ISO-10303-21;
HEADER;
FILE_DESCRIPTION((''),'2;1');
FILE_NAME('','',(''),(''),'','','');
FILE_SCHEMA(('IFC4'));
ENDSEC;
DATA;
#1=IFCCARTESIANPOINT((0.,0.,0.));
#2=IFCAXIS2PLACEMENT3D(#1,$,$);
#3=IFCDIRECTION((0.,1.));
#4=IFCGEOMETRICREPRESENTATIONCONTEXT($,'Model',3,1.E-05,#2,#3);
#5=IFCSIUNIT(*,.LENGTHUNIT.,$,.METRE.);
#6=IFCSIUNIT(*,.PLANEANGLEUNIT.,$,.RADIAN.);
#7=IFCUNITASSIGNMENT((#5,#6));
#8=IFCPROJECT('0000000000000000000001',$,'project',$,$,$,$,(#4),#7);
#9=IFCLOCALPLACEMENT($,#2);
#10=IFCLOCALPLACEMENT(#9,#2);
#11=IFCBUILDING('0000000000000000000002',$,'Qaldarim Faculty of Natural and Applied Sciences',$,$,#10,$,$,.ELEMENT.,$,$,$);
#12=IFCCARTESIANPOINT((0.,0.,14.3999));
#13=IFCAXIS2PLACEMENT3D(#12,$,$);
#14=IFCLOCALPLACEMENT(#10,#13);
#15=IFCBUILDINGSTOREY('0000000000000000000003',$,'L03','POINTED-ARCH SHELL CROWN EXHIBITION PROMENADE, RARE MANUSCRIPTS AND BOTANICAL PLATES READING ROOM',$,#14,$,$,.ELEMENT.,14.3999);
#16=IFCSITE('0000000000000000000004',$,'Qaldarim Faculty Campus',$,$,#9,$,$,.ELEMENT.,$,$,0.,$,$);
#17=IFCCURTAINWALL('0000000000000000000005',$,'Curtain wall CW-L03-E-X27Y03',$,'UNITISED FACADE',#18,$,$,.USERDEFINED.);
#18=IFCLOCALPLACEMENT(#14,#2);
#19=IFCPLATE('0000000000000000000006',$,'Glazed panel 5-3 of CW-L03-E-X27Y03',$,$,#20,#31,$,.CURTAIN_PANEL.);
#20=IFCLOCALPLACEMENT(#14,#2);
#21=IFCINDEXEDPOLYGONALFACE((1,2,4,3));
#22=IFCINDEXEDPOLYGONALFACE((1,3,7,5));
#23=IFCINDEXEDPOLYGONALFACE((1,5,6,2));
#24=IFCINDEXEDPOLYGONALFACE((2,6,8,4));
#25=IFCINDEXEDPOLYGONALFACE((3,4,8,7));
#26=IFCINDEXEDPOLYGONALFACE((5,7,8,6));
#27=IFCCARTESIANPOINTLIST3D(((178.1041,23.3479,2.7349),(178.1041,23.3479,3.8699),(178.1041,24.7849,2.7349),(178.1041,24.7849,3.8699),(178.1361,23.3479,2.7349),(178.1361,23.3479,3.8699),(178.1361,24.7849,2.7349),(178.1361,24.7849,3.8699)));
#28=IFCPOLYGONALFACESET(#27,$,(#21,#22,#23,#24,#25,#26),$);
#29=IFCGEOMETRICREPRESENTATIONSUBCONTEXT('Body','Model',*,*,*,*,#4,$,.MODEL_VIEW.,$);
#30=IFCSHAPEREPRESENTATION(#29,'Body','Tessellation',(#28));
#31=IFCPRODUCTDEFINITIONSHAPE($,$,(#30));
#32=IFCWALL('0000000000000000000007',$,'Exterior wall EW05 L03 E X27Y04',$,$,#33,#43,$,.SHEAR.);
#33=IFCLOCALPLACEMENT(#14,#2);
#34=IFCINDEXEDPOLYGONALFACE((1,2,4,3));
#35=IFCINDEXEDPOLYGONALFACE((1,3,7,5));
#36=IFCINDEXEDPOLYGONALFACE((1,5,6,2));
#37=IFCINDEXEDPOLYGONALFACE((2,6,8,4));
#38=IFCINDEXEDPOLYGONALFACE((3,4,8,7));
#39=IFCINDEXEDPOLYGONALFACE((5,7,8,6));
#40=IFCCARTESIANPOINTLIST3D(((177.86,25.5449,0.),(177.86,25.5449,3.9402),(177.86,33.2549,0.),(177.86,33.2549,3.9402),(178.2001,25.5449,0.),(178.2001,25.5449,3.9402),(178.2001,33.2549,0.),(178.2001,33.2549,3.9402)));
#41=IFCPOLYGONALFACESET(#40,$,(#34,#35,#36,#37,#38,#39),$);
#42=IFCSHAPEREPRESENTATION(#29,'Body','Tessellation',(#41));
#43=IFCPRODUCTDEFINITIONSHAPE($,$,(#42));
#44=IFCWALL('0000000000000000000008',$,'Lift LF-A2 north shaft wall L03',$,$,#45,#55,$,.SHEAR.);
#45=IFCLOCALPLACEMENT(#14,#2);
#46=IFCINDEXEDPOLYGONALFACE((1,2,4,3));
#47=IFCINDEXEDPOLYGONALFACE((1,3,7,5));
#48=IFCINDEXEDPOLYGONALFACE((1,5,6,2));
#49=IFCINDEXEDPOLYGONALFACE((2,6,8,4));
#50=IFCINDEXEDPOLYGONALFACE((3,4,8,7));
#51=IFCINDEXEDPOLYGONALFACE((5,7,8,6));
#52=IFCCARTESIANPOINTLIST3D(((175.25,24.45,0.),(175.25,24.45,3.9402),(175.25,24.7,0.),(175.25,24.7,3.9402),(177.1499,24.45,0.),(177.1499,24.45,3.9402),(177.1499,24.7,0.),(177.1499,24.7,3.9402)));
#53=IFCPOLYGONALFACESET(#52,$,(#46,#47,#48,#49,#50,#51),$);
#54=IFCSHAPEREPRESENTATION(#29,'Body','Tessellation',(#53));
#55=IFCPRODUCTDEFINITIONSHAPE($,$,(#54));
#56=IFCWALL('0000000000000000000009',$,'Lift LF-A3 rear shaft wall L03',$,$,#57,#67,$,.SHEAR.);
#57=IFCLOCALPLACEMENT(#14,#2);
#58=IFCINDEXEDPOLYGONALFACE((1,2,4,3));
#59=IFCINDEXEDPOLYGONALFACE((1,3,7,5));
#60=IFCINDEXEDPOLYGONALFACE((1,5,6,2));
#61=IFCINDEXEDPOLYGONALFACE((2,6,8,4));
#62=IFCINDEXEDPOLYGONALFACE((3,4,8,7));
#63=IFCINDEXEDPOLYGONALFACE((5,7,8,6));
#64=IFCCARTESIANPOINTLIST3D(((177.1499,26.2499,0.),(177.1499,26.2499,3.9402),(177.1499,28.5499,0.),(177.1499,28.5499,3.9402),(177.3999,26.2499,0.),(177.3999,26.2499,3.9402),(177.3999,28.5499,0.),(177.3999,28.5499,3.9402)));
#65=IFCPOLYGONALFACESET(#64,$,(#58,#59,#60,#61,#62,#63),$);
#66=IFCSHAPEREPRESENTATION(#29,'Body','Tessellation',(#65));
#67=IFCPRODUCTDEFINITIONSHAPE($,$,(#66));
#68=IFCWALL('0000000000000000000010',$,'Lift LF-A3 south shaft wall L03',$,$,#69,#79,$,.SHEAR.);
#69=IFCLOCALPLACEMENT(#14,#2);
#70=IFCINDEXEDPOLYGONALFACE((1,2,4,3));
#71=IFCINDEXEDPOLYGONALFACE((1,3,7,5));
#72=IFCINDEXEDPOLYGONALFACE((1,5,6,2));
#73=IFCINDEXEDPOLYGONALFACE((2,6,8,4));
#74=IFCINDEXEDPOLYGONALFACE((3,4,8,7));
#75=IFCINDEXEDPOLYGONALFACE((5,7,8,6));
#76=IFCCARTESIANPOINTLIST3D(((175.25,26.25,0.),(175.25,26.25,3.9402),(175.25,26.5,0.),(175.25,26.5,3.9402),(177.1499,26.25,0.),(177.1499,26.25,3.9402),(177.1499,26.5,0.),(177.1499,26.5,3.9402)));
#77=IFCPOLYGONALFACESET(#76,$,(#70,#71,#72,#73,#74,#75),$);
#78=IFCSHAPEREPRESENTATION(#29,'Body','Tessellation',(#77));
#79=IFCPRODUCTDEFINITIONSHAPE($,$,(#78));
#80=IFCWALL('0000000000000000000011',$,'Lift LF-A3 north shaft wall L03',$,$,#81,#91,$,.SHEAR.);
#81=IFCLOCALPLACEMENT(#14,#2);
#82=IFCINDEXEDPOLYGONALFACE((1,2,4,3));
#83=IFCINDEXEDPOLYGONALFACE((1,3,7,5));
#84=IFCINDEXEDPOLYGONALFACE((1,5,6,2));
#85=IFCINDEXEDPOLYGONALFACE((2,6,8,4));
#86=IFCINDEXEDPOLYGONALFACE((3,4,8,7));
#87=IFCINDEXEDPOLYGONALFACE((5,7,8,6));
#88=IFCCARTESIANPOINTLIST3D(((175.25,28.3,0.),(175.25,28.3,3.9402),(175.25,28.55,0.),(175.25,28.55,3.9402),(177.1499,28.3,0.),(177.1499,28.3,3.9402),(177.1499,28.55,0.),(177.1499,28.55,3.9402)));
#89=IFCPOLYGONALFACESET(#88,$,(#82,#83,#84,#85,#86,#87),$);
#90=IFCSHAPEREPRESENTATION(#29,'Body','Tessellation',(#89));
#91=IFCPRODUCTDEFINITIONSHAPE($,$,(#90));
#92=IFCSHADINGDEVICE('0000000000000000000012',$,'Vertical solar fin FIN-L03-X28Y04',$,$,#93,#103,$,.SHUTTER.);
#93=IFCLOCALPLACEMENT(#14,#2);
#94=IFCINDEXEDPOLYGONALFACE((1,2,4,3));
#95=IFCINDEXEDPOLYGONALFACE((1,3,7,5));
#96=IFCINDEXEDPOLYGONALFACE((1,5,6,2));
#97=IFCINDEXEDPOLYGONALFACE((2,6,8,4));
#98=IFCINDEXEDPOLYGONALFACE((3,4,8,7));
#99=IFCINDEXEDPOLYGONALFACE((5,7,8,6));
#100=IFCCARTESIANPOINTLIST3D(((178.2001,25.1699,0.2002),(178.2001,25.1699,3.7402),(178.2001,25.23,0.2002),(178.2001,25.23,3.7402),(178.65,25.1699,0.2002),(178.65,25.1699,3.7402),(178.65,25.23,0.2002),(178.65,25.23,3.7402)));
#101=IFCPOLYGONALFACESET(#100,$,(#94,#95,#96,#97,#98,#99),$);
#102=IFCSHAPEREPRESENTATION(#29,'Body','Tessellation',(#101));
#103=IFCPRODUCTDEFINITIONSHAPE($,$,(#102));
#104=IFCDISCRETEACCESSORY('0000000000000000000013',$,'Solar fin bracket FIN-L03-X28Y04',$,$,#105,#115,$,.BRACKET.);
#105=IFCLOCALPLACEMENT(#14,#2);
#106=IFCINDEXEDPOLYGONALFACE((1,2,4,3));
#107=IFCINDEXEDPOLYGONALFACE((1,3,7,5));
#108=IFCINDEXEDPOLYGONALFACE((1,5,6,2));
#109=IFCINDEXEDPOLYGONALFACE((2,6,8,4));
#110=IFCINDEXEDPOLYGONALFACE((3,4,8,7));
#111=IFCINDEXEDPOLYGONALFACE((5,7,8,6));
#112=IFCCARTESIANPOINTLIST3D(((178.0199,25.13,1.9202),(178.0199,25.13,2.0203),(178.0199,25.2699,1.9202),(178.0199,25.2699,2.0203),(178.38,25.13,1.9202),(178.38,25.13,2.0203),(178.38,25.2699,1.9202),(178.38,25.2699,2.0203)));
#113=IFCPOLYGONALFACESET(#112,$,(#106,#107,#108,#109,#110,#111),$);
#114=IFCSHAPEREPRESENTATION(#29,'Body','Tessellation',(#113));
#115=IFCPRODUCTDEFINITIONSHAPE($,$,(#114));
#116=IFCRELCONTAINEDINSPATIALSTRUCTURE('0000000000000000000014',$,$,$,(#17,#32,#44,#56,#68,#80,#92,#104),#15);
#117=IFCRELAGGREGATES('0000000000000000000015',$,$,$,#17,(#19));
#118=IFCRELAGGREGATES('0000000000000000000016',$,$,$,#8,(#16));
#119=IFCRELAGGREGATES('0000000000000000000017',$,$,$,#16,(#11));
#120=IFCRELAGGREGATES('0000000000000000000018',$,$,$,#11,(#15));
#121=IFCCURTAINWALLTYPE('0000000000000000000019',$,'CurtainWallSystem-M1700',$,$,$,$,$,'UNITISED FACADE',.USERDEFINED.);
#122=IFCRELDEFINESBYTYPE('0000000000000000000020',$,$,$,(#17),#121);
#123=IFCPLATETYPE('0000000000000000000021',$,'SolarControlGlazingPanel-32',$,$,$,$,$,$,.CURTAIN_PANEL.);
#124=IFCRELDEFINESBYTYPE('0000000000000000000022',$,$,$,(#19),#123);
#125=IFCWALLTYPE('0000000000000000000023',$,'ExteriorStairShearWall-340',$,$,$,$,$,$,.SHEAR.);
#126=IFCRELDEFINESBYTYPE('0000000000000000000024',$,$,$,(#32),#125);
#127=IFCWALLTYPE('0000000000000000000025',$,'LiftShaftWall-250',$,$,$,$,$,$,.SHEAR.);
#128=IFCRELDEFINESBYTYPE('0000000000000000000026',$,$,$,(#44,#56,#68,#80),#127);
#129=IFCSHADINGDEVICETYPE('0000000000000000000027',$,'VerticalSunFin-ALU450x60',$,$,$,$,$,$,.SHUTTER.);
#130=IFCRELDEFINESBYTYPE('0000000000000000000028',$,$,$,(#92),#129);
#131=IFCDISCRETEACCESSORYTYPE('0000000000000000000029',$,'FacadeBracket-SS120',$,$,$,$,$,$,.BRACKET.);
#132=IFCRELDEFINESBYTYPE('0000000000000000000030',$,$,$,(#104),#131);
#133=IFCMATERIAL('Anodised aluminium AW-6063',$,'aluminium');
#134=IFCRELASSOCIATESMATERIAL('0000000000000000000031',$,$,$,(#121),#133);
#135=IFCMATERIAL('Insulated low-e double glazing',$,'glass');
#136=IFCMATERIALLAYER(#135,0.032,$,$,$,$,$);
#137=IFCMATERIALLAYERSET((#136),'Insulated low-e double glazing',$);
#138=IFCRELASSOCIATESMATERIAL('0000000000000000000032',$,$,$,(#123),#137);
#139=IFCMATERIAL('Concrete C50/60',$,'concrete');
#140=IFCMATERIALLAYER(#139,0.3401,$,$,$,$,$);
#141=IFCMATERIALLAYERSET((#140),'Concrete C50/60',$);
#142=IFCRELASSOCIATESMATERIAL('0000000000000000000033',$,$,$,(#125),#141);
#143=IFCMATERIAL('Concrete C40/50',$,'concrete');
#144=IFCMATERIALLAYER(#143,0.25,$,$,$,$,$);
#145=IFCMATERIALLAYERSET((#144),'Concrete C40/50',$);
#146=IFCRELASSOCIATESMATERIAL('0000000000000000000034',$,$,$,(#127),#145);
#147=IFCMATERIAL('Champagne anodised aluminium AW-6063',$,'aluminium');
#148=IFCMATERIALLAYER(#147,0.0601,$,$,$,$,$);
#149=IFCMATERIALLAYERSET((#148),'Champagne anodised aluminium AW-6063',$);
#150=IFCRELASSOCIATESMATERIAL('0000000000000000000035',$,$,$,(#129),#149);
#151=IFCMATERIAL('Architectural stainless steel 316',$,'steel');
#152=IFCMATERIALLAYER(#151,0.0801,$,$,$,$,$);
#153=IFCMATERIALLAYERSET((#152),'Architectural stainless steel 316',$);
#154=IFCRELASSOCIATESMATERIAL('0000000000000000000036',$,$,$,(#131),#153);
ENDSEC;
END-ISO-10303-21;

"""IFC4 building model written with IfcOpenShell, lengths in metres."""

from ifc_helpers import new_model, si_unit, direction, frame, frame_2d, origin, origin_2d, place, context, subcontext, project, spatial, rectangle, extrude, material, layer, layer_set, type_object, element, aggregate, save


model = new_model("IFC4")

# Units and contexts
model_context = context("Model", 3, precision=1e-05, world=origin(), true_north=direction((0.0, 1.0)))
body_context = subcontext(model_context, "Body", "Model", "MODEL_VIEW")
ifc_project = project(units=[si_unit("LENGTHUNIT", "METRE"), si_unit("PLANEANGLEUNIT", "RADIAN")], contexts=[model_context])

# Site, building, storey
site_placement = place(None, origin())
site = spatial("IfcSite", under=ifc_project, at=site_placement, Name="Qaldarim Faculty Campus", CompositionType="ELEMENT", RefElevation=0.0)
building_placement = place(site_placement, origin())
building = spatial("IfcBuilding", under=site, at=building_placement, Name="Qaldarim Faculty of Natural and Applied Sciences", CompositionType="ELEMENT")
storey_placement = place(building_placement, frame((0.0, 0.0, 14.3999)))
storey = spatial("IfcBuildingStorey", under=building, at=storey_placement, Name="L03", Description="POINTED-ARCH SHELL CROWN EXHIBITION PROMENADE, RARE MANUSCRIPTS AND BOTANICAL PLATES READING ROOM", CompositionType="ELEMENT", Elevation=14.3999)

# Shared definitions
ifc_material_1 = material(Name="Concrete C50/60", Category="concrete")

# Shared definitions
ifc_material_2 = material(Name="Concrete C40/50", Category="concrete")

# Curtain wall
ifc_material_3 = material(Name="Anodised aluminium AW-6063", Category="aluminium")
curtain_wall_type = type_object("IfcCurtainWallType", Name="CurtainWallSystem-M1700", ElementType="UNITISED FACADE", PredefinedType="USERDEFINED", material=ifc_material_3)
curtain_wall_placement = place(storey_placement, origin())
curtain_wall = element("IfcCurtainWall", 1, at=curtain_wall_placement, inside=storey, type_object=curtain_wall_type, Name="Curtain wall CW-L03-E-X27Y03", ObjectType="UNITISED FACADE", PredefinedType="USERDEFINED")

# Plate
ifc_material_4 = material(Name="Insulated low-e double glazing", Category="glass")
ifc_layer_1 = layer(ifc_material_4, 0.032)
ifc_layer_set_1 = layer_set([ifc_layer_1], Name="Insulated low-e double glazing")
plate_type_1 = type_object("IfcPlateType", Name="SolarControlGlazingPanel-32", PredefinedType="CURTAIN_PANEL", material=ifc_layer_set_1)
plate_1_placement = place(storey_placement, frame((178.1201, 24.0664, 2.7349), z_axis=(0.0, 0.0, 1.0), x_axis=(0.0, 1.0, 0.0)))
plate_1 = element("IfcPlate", 2, at=plate_1_placement, type_object=plate_type_1, Name="Glazed panel 5-3 of CW-L03-E-X27Y03", PredefinedType="CURTAIN_PANEL", context=body_context, shape_type="SweptSolid", body=[
    extrude(rectangle(XDim=1.437, YDim=0.032, at=origin_2d()), origin(), (0.0, 0.0, 1.0), 1.135),
])
aggregate(curtain_wall, [plate_1])

# Walls
ifc_layer_2 = layer(ifc_material_1, 0.3401)
ifc_layer_set_2 = layer_set([ifc_layer_2], Name="Concrete C50/60")
wall_type_1 = type_object("IfcWallType", Name="ExteriorStairShearWall-340", PredefinedType="SHEAR", material=ifc_layer_set_2)
wall_1_placement = place(storey_placement, frame((178.03, 25.5449, 0.0), z_axis=(0.0, 0.0, 1.0), x_axis=(0.0, 1.0, 0.0)))
element("IfcWall", 3, at=wall_1_placement, inside=storey, type_object=wall_type_1, Name="Exterior wall EW05 L03 E X27Y04", PredefinedType="SHEAR", context=body_context, shape_type="SweptSolid", body=[
    extrude(rectangle(XDim=7.71, YDim=0.3401, at=frame_2d((3.855, 0.0))), origin(), (0.0, 0.0, 1.0), 3.9402),
])
ifc_layer_3 = layer(ifc_material_2, 0.25)
ifc_layer_set_3 = layer_set([ifc_layer_3], Name="Concrete C40/50")
wall_type_2 = type_object("IfcWallType", Name="LiftShaftWall-250", PredefinedType="SHEAR", material=ifc_layer_set_3)
wall_2_placement = place(storey_placement, frame((175.25, 24.575, 0.0), z_axis=(0.0, 0.0, 1.0), x_axis=(1.0, 0.0, 0.0)))
element("IfcWall", 4, at=wall_2_placement, inside=storey, type_object=wall_type_2, Name="Lift LF-A2 north shaft wall L03", PredefinedType="SHEAR", context=body_context, shape_type="SweptSolid", body=[
    extrude(rectangle(XDim=1.8999, YDim=0.25, at=frame_2d((0.95, 0.0))), origin(), (0.0, 0.0, 1.0), 3.9402),
])

# Shared definitions
ifc_material_5 = material(Name="Architectural stainless steel 316", Category="steel")

# Walls
wall_3_placement = place(storey_placement, frame((177.2749, 26.25, 0.0), z_axis=(0.0, 0.0, 1.0), x_axis=(0.0, 1.0, 0.0)))
element("IfcWall", 5, at=wall_3_placement, inside=storey, type_object=wall_type_2, Name="Lift LF-A3 rear shaft wall L03", PredefinedType="SHEAR", context=body_context, shape_type="SweptSolid", body=[
    extrude(rectangle(XDim=2.3, YDim=0.25, at=frame_2d((1.1499, 0.0))), origin(), (0.0, 0.0, 1.0), 3.9402),
])
for number, where, z_axis, x_axis, name in (
    (6, (175.25, 26.375, 0.0), (0.0, 0.0, 1.0), (1.0, 0.0, 0.0), "Lift LF-A3 south shaft wall L03"),
    (7, (175.25, 28.425, 0.0), (0.0, 0.0, 1.0), (1.0, 0.0, 0.0), "Lift LF-A3 north shaft wall L03"),
):
    element("IfcWall", number, at=place(storey_placement, frame(where, z_axis=z_axis, x_axis=x_axis)), inside=storey, type_object=wall_type_2, Name=name, PredefinedType="SHEAR", context=body_context, shape_type="SweptSolid", body=[
        extrude(rectangle(XDim=1.8999, YDim=0.25, at=frame_2d((0.95, 0.0))), origin(), (0.0, 0.0, 1.0), 3.9402),
    ])

# Shading device
ifc_material_6 = material(Name="Champagne anodised aluminium AW-6063", Category="aluminium")
ifc_layer_4 = layer(ifc_material_6, 0.0601)
ifc_layer_set_4 = layer_set([ifc_layer_4], Name="Champagne anodised aluminium AW-6063")
shading_device_type = type_object("IfcShadingDeviceType", Name="VerticalSunFin-ALU450x60", PredefinedType="SHUTTER", material=ifc_layer_set_4)
shading_device_placement = place(storey_placement, frame((178.425, 25.2, 0.2002), z_axis=(0.0, 0.0, 1.0), x_axis=(1.0, 0.0, 0.0)))
element("IfcShadingDevice", 8, at=shading_device_placement, inside=storey, type_object=shading_device_type, Name="Vertical solar fin FIN-L03-X28Y04", PredefinedType="SHUTTER", context=body_context, shape_type="SweptSolid", body=[
    extrude(rectangle(XDim=0.45, YDim=0.0601, at=origin_2d()), origin(), (0.0, 0.0, 1.0), 3.54),
])

# Discrete accessory
ifc_layer_5 = layer(ifc_material_5, 0.0801)
ifc_layer_set_5 = layer_set([ifc_layer_5], Name="Architectural stainless steel 316")
discrete_accessory_type = type_object("IfcDiscreteAccessoryType", Name="FacadeBracket-SS120", PredefinedType="BRACKET", material=ifc_layer_set_5)
discrete_accessory_placement = place(storey_placement, frame((178.2, 25.2, 1.9202), z_axis=(0.0, 0.0, 1.0), x_axis=(1.0, 0.0, 0.0)))
element("IfcDiscreteAccessory", 9, at=discrete_accessory_placement, inside=storey, type_object=discrete_accessory_type, Name="Solar fin bracket FIN-L03-X28Y04", PredefinedType="BRACKET", context=body_context, shape_type="SweptSolid", body=[
    extrude(rectangle(XDim=0.3601, YDim=0.1399, at=origin_2d()), origin(), (0.0, 0.0, 1.0), 0.1001),
])

save(model, "model.ifc")
